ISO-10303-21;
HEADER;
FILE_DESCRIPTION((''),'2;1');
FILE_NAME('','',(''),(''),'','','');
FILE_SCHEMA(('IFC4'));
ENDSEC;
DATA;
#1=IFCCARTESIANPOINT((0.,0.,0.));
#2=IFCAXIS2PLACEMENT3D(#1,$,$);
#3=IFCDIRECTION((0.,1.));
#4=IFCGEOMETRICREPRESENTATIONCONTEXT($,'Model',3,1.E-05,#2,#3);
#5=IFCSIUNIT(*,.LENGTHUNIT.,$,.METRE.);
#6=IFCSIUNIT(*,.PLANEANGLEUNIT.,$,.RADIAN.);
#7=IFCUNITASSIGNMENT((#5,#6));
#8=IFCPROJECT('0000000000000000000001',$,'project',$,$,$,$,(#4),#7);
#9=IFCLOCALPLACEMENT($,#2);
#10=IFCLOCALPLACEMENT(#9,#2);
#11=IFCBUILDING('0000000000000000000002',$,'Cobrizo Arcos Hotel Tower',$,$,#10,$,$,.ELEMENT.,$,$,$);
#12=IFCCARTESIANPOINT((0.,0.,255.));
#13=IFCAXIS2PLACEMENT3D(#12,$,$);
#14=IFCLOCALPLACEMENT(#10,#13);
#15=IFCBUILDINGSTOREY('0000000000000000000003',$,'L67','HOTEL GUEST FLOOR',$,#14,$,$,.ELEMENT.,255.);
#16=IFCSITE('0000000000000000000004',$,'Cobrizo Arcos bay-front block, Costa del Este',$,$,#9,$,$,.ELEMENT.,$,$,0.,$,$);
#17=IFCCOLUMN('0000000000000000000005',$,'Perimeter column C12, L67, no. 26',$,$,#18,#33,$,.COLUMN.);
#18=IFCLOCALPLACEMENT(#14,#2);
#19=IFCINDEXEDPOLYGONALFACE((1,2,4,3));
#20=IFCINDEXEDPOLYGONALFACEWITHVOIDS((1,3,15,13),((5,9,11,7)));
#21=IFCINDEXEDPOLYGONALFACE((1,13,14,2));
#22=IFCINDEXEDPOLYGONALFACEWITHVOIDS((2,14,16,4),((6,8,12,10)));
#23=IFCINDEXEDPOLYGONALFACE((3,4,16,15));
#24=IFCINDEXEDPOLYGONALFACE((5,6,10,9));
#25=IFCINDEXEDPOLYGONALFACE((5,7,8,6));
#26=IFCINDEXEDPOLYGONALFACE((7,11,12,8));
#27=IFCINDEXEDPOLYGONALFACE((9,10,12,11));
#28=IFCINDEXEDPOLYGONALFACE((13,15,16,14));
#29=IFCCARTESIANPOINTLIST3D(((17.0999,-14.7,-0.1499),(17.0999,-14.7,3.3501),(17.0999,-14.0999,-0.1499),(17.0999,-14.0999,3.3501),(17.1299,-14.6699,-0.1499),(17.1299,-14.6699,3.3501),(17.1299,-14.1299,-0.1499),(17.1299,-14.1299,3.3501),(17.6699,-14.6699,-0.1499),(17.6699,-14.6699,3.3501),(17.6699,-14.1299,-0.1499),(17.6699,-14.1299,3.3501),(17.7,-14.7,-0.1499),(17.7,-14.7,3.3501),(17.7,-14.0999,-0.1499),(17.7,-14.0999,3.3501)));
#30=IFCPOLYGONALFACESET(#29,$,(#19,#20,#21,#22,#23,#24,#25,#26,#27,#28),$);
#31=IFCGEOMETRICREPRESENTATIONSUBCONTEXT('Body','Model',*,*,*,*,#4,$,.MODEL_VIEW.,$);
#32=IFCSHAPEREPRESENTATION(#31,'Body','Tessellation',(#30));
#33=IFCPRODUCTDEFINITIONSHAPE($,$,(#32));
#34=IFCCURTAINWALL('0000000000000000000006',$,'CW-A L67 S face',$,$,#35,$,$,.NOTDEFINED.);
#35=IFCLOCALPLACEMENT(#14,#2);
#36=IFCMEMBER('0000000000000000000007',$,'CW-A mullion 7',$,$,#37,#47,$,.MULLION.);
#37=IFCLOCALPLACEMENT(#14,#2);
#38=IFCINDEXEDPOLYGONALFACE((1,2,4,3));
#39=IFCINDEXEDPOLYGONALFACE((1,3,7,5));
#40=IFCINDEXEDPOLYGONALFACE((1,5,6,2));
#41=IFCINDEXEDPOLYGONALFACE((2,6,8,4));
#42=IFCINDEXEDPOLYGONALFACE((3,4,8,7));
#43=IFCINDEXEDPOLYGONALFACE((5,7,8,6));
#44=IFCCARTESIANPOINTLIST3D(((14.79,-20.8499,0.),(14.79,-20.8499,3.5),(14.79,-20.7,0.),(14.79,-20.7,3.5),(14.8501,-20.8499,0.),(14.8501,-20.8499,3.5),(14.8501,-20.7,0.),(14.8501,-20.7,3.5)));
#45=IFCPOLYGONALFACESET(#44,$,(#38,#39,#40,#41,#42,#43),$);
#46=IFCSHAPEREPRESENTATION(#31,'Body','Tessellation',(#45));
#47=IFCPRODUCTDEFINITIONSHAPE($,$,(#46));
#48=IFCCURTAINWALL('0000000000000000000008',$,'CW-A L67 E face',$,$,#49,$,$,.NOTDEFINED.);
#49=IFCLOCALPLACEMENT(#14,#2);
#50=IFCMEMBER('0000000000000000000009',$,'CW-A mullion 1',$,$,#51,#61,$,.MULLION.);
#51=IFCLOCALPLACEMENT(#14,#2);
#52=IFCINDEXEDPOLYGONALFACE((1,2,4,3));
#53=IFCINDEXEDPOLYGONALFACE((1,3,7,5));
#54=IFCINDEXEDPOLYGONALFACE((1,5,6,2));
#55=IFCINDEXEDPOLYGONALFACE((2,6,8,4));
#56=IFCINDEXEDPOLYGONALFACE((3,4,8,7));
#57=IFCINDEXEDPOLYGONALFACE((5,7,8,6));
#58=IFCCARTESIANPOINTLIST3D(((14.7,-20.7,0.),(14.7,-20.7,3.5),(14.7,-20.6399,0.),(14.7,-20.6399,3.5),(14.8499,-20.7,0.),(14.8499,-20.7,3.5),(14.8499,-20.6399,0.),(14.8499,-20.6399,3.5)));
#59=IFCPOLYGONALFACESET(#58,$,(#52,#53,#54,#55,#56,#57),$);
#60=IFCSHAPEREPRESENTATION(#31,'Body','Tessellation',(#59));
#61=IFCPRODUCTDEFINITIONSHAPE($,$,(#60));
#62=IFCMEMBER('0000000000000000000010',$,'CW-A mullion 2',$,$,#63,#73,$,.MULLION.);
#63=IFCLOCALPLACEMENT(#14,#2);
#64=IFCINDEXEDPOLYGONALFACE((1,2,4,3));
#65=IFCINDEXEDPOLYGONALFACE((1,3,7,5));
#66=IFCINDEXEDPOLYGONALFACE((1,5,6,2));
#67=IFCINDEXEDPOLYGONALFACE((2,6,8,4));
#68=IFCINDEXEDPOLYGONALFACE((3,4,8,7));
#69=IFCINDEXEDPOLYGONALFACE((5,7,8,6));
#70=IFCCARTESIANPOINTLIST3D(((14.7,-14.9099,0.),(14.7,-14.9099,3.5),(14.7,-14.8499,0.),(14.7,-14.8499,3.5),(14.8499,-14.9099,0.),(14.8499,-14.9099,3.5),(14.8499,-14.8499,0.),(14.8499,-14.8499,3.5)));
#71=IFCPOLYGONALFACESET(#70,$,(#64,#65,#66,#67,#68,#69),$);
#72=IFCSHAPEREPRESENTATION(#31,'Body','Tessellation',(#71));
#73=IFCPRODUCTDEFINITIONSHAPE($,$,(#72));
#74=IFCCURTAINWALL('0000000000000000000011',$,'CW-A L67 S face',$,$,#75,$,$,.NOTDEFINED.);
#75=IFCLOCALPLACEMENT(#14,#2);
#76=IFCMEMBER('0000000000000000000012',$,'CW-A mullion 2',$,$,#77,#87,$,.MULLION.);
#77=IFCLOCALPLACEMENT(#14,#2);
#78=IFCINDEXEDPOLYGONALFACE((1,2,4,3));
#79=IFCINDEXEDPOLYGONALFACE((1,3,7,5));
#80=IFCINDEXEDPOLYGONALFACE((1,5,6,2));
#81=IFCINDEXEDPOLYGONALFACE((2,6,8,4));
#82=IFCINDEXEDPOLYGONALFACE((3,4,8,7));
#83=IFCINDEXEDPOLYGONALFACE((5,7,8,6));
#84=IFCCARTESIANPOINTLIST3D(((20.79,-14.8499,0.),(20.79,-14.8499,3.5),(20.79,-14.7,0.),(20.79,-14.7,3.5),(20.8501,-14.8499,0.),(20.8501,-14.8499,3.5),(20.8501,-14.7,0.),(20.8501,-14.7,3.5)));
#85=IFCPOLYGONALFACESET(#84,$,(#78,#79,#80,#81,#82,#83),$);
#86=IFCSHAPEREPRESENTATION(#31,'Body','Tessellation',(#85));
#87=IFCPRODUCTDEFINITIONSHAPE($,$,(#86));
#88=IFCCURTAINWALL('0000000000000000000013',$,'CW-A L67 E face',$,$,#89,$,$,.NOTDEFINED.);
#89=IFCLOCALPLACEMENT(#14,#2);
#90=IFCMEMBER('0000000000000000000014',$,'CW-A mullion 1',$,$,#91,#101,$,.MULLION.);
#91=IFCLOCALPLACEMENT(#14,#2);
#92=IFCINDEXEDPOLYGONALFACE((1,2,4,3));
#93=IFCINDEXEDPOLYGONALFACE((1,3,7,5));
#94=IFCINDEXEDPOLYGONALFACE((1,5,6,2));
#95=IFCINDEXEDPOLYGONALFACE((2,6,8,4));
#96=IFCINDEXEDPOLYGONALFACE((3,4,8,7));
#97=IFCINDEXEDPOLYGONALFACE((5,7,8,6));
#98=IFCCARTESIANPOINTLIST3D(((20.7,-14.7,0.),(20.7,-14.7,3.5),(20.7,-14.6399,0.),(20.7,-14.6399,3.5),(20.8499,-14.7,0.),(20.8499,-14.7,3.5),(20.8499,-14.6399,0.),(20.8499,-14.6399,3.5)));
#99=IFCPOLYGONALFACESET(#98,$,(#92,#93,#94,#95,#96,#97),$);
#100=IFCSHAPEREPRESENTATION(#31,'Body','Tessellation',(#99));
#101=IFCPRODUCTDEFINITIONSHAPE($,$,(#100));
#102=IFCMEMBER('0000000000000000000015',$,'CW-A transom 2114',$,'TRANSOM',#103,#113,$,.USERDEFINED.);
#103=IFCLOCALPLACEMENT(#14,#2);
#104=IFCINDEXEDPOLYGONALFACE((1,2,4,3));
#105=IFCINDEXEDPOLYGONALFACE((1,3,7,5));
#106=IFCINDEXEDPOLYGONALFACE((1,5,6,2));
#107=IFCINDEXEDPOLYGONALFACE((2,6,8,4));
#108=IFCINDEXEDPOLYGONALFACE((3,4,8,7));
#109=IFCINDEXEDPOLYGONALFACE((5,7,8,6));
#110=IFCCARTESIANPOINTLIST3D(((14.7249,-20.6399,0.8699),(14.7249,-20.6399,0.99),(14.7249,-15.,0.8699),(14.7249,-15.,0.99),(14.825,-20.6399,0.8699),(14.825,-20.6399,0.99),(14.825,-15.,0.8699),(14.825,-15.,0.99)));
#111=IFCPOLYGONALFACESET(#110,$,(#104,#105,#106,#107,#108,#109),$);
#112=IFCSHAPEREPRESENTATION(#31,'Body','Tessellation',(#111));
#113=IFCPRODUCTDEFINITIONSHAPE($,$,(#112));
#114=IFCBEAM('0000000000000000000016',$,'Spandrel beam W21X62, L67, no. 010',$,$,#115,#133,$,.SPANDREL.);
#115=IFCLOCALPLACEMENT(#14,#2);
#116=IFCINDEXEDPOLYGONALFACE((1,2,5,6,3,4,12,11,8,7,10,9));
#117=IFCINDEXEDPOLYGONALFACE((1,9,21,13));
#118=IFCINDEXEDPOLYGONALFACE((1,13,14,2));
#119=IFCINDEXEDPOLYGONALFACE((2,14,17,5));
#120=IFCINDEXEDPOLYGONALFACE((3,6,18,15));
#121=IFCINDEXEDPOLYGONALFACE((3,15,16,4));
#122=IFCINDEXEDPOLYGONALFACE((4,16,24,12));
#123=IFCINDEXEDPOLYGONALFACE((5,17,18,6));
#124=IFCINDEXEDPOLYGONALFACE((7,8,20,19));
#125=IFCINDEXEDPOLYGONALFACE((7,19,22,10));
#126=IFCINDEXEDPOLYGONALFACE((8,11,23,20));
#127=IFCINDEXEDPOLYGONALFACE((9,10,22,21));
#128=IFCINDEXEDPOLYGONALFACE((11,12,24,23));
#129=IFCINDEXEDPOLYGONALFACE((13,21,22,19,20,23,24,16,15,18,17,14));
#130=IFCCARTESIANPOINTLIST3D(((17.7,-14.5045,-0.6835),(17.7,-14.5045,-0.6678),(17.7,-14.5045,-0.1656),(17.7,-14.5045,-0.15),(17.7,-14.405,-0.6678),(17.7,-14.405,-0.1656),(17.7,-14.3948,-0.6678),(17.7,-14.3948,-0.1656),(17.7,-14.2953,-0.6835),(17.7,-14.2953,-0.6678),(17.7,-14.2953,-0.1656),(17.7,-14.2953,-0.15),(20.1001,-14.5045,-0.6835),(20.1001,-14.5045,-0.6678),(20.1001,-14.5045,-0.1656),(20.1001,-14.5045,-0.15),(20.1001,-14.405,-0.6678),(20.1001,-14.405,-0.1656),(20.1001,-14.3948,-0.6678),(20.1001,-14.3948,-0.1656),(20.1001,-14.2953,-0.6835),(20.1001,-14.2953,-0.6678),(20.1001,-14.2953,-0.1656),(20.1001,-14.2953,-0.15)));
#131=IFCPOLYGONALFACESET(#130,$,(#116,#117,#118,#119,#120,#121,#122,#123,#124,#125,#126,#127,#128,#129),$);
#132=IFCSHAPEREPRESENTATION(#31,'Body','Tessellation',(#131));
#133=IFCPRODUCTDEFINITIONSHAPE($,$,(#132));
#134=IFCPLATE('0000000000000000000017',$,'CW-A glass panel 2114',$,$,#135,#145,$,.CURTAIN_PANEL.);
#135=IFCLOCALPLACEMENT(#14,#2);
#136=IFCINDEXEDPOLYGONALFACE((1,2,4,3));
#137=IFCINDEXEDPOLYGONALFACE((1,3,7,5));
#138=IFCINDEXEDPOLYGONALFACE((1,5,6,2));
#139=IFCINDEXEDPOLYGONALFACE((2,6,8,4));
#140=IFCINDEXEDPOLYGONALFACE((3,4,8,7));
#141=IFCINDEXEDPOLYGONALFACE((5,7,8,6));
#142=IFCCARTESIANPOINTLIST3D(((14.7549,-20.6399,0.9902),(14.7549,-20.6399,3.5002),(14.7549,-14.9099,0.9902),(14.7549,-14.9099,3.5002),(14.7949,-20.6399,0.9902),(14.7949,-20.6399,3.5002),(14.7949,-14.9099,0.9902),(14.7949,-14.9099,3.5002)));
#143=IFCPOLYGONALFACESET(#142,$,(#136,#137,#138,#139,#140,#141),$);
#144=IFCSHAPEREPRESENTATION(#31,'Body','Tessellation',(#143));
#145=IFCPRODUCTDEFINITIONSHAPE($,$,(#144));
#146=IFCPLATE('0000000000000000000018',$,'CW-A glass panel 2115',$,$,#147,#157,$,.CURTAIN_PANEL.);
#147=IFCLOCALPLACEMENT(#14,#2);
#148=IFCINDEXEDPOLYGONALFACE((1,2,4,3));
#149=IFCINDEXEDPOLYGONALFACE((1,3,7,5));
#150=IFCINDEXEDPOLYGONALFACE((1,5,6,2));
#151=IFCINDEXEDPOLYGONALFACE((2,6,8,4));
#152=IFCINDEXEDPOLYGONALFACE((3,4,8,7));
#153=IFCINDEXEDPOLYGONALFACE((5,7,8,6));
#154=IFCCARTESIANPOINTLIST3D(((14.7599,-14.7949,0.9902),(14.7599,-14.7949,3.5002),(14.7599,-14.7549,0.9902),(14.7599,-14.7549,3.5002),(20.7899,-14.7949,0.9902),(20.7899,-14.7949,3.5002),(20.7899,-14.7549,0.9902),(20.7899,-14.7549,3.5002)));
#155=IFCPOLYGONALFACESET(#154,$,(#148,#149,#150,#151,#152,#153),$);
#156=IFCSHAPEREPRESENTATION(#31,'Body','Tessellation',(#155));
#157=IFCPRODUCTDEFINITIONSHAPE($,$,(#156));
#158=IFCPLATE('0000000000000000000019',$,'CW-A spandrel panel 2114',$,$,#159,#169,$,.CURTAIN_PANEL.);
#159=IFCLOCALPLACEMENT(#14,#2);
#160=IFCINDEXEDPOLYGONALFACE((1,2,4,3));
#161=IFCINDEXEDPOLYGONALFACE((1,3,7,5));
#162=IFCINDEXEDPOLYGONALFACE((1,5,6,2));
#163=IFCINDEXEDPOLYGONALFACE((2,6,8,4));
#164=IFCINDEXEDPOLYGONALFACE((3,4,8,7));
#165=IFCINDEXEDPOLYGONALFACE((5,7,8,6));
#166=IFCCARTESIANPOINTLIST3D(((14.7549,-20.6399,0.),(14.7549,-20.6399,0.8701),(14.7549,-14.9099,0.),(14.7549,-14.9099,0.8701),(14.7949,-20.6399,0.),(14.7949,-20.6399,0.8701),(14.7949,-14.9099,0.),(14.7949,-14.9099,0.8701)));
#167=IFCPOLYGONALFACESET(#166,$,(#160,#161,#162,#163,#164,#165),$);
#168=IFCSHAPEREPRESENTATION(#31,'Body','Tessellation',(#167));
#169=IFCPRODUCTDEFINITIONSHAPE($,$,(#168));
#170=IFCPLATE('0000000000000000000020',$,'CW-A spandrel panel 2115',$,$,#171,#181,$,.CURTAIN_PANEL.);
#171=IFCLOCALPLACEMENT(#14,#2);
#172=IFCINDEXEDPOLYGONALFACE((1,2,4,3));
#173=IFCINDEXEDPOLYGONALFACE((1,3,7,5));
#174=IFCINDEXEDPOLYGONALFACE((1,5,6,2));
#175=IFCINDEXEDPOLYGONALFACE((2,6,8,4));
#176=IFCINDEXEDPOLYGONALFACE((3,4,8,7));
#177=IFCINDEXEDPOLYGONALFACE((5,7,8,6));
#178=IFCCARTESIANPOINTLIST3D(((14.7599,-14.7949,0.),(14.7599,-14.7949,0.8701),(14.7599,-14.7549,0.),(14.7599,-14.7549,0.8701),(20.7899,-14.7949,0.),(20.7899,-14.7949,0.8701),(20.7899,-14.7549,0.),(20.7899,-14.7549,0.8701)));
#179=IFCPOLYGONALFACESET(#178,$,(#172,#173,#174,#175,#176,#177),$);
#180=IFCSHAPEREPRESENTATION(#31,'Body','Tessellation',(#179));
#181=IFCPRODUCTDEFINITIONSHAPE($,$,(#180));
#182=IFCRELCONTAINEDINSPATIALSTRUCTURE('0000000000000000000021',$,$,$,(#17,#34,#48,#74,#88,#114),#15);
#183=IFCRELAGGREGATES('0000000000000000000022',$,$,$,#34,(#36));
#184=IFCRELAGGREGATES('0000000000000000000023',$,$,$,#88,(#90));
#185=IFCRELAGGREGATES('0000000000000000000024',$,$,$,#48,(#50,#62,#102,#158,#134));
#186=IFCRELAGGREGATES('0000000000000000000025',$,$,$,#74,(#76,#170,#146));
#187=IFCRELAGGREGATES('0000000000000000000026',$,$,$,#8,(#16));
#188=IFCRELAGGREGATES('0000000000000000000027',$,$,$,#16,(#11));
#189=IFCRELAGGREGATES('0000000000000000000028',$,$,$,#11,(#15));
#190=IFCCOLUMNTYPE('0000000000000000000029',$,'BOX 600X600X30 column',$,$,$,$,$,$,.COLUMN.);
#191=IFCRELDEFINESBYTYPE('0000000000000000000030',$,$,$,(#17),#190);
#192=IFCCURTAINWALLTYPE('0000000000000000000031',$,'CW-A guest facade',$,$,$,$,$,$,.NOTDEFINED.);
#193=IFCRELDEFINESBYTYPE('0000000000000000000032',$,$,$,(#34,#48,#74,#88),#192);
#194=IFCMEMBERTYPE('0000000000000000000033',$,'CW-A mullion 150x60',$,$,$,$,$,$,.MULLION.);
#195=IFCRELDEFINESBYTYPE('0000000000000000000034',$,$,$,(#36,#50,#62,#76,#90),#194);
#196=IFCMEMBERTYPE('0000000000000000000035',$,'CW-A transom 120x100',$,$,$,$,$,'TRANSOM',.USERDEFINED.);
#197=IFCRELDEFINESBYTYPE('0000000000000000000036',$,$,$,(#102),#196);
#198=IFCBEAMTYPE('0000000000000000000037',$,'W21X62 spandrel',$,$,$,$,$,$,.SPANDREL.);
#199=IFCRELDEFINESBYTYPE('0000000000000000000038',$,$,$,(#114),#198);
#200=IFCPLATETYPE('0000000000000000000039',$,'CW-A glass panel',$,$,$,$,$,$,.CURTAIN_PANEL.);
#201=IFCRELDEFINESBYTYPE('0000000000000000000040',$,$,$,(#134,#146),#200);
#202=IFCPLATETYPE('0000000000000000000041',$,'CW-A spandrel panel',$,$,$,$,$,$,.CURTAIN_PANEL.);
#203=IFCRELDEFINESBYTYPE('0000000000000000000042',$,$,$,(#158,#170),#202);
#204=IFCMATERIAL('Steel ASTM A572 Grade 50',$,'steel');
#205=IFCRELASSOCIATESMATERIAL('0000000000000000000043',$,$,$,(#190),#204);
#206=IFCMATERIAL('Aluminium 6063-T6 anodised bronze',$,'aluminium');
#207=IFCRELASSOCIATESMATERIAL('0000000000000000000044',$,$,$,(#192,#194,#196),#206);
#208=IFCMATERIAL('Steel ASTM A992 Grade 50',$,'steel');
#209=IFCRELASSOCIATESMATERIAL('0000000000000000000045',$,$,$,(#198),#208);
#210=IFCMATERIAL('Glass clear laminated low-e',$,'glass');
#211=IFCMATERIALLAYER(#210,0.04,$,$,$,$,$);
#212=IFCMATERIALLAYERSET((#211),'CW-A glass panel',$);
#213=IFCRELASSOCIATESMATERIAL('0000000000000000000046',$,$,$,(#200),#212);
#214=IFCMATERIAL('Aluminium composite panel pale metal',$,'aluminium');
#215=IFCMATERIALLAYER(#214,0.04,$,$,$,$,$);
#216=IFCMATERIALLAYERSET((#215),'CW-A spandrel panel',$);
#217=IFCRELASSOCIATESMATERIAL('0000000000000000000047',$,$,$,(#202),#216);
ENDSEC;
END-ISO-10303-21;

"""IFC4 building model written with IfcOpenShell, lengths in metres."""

from ifc_helpers import new_model, si_unit, direction, frame, origin, origin_2d, place, context, subcontext, project, spatial, rectangle, hollow_rectangle, i_section, extrude, material, layer, layer_set, material_profile, profile_set, type_object, element, aggregate, save


model = new_model("IFC4")

# Units and contexts
model_context = context("Model", 3, precision=1e-05, world=origin(), true_north=direction((0.0, 1.0)))
body_context = subcontext(model_context, "Body", "Model", "MODEL_VIEW")
ifc_project = project(units=[si_unit("LENGTHUNIT", "METRE"), si_unit("PLANEANGLEUNIT", "RADIAN")], contexts=[model_context])

# Site, building, storey
site_placement = place(None, origin())
site = spatial("IfcSite", under=ifc_project, at=site_placement, Name="Cobrizo Arcos bay-front block, Costa del Este", CompositionType="ELEMENT", RefElevation=0.0)
building_placement = place(site_placement, origin())
building = spatial("IfcBuilding", under=site, at=building_placement, Name="Cobrizo Arcos Hotel Tower", CompositionType="ELEMENT")
storey_placement = place(building_placement, frame((0.0, 0.0, 255.0)))
storey = spatial("IfcBuildingStorey", under=building, at=storey_placement, Name="L67", Description="HOTEL GUEST FLOOR", CompositionType="ELEMENT", Elevation=255.0)

# Column
ifc_material_1 = material(Name="Steel ASTM A572 Grade 50", Category="steel")
ifc_material_profile_1 = material_profile(ifc_material_1, hollow_rectangle(XDim=0.6001, YDim=0.6001, WallThickness=0.03, at=origin_2d()), Name="BOX 600X600X30")
ifc_profile_set_1 = profile_set([ifc_material_profile_1], Name="Steel ASTM A572 Grade 50")
column_type = type_object("IfcColumnType", Name="BOX 600X600X30 column", PredefinedType="COLUMN", material=ifc_profile_set_1)
column_placement = place(storey_placement, frame((17.3999, -14.3999, -0.1499), z_axis=(0.0, 0.0, 1.0), x_axis=(1.0, 0.0, 0.0)))
element("IfcColumn", 1, at=column_placement, inside=storey, type_object=column_type, Name="Perimeter column C12, L67, no. 26", PredefinedType="COLUMN", context=body_context, shape_type="SweptSolid", body=[
    extrude(hollow_rectangle(XDim=0.6001, YDim=0.6001, WallThickness=0.03, at=origin_2d()), origin(), (0.0, 0.0, 1.0), 3.5),
])

# Curtain wall, member
ifc_material_2 = material(Name="Aluminium 6063-T6 anodised bronze", Category="aluminium")
curtain_wall_type = type_object("IfcCurtainWallType", Name="CW-A guest facade", PredefinedType="NOTDEFINED", material=ifc_material_2)
curtain_wall_1_placement = place(storey_placement, origin())
curtain_wall_1 = element("IfcCurtainWall", 2, at=curtain_wall_1_placement, inside=storey, type_object=curtain_wall_type, Name="CW-A L67 S face", PredefinedType="NOTDEFINED")
ifc_material_profile_2 = material_profile(ifc_material_2, rectangle(XDim=0.1499, YDim=0.0601, at=origin_2d()), Name="CW-A mullion 150x60")
ifc_profile_set_2 = profile_set([ifc_material_profile_2], Name="Aluminium 6063-T6 anodised bronze")
member_type_1 = type_object("IfcMemberType", Name="CW-A mullion 150x60", PredefinedType="MULLION", material=ifc_profile_set_2)
member_1_placement = place(storey_placement, frame((14.8201, -20.7749, 0.0), z_axis=(0.0, 0.0, 1.0), x_axis=(0.0, -1.0, 0.0)))
member_1 = element("IfcMember", 3, at=member_1_placement, type_object=member_type_1, Name="CW-A mullion 7", PredefinedType="MULLION", context=body_context, shape_type="SweptSolid", body=[
    extrude(rectangle(XDim=0.1499, YDim=0.0601, at=origin_2d()), origin(), (0.0, 0.0, 1.0), 3.5),
])
aggregate(curtain_wall_1, [member_1])

# Curtain wall, members
curtain_wall_2_placement = place(storey_placement, origin())
curtain_wall_2 = element("IfcCurtainWall", 4, at=curtain_wall_2_placement, inside=storey, type_object=curtain_wall_type, Name="CW-A L67 E face", PredefinedType="NOTDEFINED")
member_2_placement = place(storey_placement, frame((14.7749, -20.6699, 0.0), z_axis=(0.0, 0.0, 1.0), x_axis=(1.0, 0.0, 0.0)))
member_2 = element("IfcMember", 5, at=member_2_placement, type_object=member_type_1, Name="CW-A mullion 1", PredefinedType="MULLION", context=body_context, shape_type="SweptSolid", body=[
    extrude(rectangle(XDim=0.1499, YDim=0.0601, at=origin_2d()), origin(), (0.0, 0.0, 1.0), 3.5),
])
member_3_placement = place(storey_placement, frame((14.7749, -14.8799, 0.0), z_axis=(0.0, 0.0, 1.0), x_axis=(1.0, 0.0, 0.0)))
member_3 = element("IfcMember", 6, at=member_3_placement, type_object=member_type_1, Name="CW-A mullion 2", PredefinedType="MULLION", context=body_context, shape_type="SweptSolid", body=[
    extrude(rectangle(XDim=0.1499, YDim=0.0601, at=origin_2d()), origin(), (0.0, 0.0, 1.0), 3.5),
])

# Curtain walls, members
curtain_wall_3_placement = place(storey_placement, origin())
curtain_wall_3 = element("IfcCurtainWall", 7, at=curtain_wall_3_placement, inside=storey, type_object=curtain_wall_type, Name="CW-A L67 S face", PredefinedType="NOTDEFINED")
member_4_placement = place(storey_placement, frame((20.8201, -14.7749, 0.0), z_axis=(0.0, 0.0, 1.0), x_axis=(0.0, -1.0, 0.0)))
member_4 = element("IfcMember", 8, at=member_4_placement, type_object=member_type_1, Name="CW-A mullion 2", PredefinedType="MULLION", context=body_context, shape_type="SweptSolid", body=[
    extrude(rectangle(XDim=0.1499, YDim=0.0601, at=origin_2d()), origin(), (0.0, 0.0, 1.0), 3.5),
])
curtain_wall_4_placement = place(storey_placement, origin())
curtain_wall_4 = element("IfcCurtainWall", 9, at=curtain_wall_4_placement, inside=storey, type_object=curtain_wall_type, Name="CW-A L67 E face", PredefinedType="NOTDEFINED")
member_5_placement = place(storey_placement, frame((20.7749, -14.6699, 0.0), z_axis=(0.0, 0.0, 1.0), x_axis=(1.0, 0.0, 0.0)))
member_5 = element("IfcMember", 10, at=member_5_placement, type_object=member_type_1, Name="CW-A mullion 1", PredefinedType="MULLION", context=body_context, shape_type="SweptSolid", body=[
    extrude(rectangle(XDim=0.1499, YDim=0.0601, at=origin_2d()), origin(), (0.0, 0.0, 1.0), 3.5),
])
aggregate(curtain_wall_4, [member_5])

# Member
ifc_material_profile_3 = material_profile(ifc_material_2, rectangle(XDim=0.1001, YDim=0.1201, at=origin_2d()), Name="CW-A transom 120x100")
ifc_profile_set_3 = profile_set([ifc_material_profile_3], Name="Aluminium 6063-T6 anodised bronze")
member_type_2 = type_object("IfcMemberType", Name="CW-A transom 120x100", ElementType="TRANSOM", PredefinedType="USERDEFINED", material=ifc_profile_set_3)
member_6_placement = place(storey_placement, frame((14.7749, -20.6399, 0.9299), z_axis=(0.0, 1.0, 0.0), x_axis=(-1.0, 0.0, 0.0)))
member_6 = element("IfcMember", 11, at=member_6_placement, type_object=member_type_2, Name="CW-A transom 2114", ObjectType="TRANSOM", PredefinedType="USERDEFINED", context=body_context, shape_type="SweptSolid", body=[
    extrude(rectangle(XDim=0.1001, YDim=0.1201, at=origin_2d()), origin(), (0.0, 0.0, 1.0), 5.6399),
])

# Beam
ifc_material_3 = material(Name="Steel ASTM A992 Grade 50", Category="steel")
ifc_material_profile_4 = material_profile(ifc_material_3, i_section(OverallWidth=0.2092, OverallDepth=0.5334, WebThickness=0.0103, FlangeThickness=0.0156, at=origin_2d()), Name="W21X62")
ifc_profile_set_4 = profile_set([ifc_material_profile_4], Name="Steel ASTM A992 Grade 50")
beam_type = type_object("IfcBeamType", Name="W21X62 spandrel", PredefinedType="SPANDREL", material=ifc_profile_set_4)
beam_placement = place(storey_placement, frame((17.7, -14.3999, -0.4167), z_axis=(1.0, 0.0, 0.0), x_axis=(0.0, 1.0, 0.0)))
element("IfcBeam", 12, at=beam_placement, inside=storey, type_object=beam_type, Name="Spandrel beam W21X62, L67, no. 010", PredefinedType="SPANDREL", context=body_context, shape_type="SweptSolid", body=[
    extrude(i_section(OverallWidth=0.2092, OverallDepth=0.5334, WebThickness=0.0103, FlangeThickness=0.0156, at=origin_2d()), origin(), (0.0, 0.0, 1.0), 2.4001),
])

# Plates
ifc_material_4 = material(Name="Glass clear laminated low-e", Category="glass")
ifc_layer_1 = layer(ifc_material_4, 0.04)
ifc_layer_set_1 = layer_set([ifc_layer_1], Name="CW-A glass panel")
plate_type_1 = type_object("IfcPlateType", Name="CW-A glass panel", PredefinedType="CURTAIN_PANEL", material=ifc_layer_set_1)
plate_1_placement = place(storey_placement, frame((14.7749, -17.7749, 0.9902), z_axis=(0.0, 0.0, 1.0), x_axis=(0.0, 1.0, 0.0)))
plate_1 = element("IfcPlate", 13, at=plate_1_placement, type_object=plate_type_1, Name="CW-A glass panel 2114", PredefinedType="CURTAIN_PANEL", context=body_context, shape_type="SweptSolid", body=[
    extrude(rectangle(XDim=5.73, YDim=0.04, at=origin_2d()), origin(), (0.0, 0.0, 1.0), 2.51),
])
plate_2_placement = place(storey_placement, frame((17.7749, -14.7749, 0.9902), z_axis=(0.0, 0.0, 1.0), x_axis=(1.0, 0.0, 0.0)))
plate_2 = element("IfcPlate", 14, at=plate_2_placement, type_object=plate_type_1, Name="CW-A glass panel 2115", PredefinedType="CURTAIN_PANEL", context=body_context, shape_type="SweptSolid", body=[
    extrude(rectangle(XDim=6.03, YDim=0.04, at=origin_2d()), origin(), (0.0, 0.0, 1.0), 2.51),
])
ifc_material_5 = material(Name="Aluminium composite panel pale metal", Category="aluminium")
ifc_layer_2 = layer(ifc_material_5, 0.04)
ifc_layer_set_2 = layer_set([ifc_layer_2], Name="CW-A spandrel panel")
plate_type_2 = type_object("IfcPlateType", Name="CW-A spandrel panel", PredefinedType="CURTAIN_PANEL", material=ifc_layer_set_2)
plate_3_placement = place(storey_placement, frame((14.7749, -17.7749, 0.0), z_axis=(0.0, 0.0, 1.0), x_axis=(0.0, 1.0, 0.0)))
plate_3 = element("IfcPlate", 15, at=plate_3_placement, type_object=plate_type_2, Name="CW-A spandrel panel 2114", PredefinedType="CURTAIN_PANEL", context=body_context, shape_type="SweptSolid", body=[
    extrude(rectangle(XDim=5.73, YDim=0.04, at=origin_2d()), origin(), (0.0, 0.0, 1.0), 0.8701),
])
aggregate(curtain_wall_2, [member_2, member_3, member_6, plate_3, plate_1])
plate_4_placement = place(storey_placement, frame((17.7749, -14.7749, 0.0), z_axis=(0.0, 0.0, 1.0), x_axis=(1.0, 0.0, 0.0)))
plate_4 = element("IfcPlate", 16, at=plate_4_placement, type_object=plate_type_2, Name="CW-A spandrel panel 2115", PredefinedType="CURTAIN_PANEL", context=body_context, shape_type="SweptSolid", body=[
    extrude(rectangle(XDim=6.03, YDim=0.04, at=origin_2d()), origin(), (0.0, 0.0, 1.0), 0.8701),
])
aggregate(curtain_wall_3, [member_4, plate_4, plate_2])

save(model, "model.ifc")
